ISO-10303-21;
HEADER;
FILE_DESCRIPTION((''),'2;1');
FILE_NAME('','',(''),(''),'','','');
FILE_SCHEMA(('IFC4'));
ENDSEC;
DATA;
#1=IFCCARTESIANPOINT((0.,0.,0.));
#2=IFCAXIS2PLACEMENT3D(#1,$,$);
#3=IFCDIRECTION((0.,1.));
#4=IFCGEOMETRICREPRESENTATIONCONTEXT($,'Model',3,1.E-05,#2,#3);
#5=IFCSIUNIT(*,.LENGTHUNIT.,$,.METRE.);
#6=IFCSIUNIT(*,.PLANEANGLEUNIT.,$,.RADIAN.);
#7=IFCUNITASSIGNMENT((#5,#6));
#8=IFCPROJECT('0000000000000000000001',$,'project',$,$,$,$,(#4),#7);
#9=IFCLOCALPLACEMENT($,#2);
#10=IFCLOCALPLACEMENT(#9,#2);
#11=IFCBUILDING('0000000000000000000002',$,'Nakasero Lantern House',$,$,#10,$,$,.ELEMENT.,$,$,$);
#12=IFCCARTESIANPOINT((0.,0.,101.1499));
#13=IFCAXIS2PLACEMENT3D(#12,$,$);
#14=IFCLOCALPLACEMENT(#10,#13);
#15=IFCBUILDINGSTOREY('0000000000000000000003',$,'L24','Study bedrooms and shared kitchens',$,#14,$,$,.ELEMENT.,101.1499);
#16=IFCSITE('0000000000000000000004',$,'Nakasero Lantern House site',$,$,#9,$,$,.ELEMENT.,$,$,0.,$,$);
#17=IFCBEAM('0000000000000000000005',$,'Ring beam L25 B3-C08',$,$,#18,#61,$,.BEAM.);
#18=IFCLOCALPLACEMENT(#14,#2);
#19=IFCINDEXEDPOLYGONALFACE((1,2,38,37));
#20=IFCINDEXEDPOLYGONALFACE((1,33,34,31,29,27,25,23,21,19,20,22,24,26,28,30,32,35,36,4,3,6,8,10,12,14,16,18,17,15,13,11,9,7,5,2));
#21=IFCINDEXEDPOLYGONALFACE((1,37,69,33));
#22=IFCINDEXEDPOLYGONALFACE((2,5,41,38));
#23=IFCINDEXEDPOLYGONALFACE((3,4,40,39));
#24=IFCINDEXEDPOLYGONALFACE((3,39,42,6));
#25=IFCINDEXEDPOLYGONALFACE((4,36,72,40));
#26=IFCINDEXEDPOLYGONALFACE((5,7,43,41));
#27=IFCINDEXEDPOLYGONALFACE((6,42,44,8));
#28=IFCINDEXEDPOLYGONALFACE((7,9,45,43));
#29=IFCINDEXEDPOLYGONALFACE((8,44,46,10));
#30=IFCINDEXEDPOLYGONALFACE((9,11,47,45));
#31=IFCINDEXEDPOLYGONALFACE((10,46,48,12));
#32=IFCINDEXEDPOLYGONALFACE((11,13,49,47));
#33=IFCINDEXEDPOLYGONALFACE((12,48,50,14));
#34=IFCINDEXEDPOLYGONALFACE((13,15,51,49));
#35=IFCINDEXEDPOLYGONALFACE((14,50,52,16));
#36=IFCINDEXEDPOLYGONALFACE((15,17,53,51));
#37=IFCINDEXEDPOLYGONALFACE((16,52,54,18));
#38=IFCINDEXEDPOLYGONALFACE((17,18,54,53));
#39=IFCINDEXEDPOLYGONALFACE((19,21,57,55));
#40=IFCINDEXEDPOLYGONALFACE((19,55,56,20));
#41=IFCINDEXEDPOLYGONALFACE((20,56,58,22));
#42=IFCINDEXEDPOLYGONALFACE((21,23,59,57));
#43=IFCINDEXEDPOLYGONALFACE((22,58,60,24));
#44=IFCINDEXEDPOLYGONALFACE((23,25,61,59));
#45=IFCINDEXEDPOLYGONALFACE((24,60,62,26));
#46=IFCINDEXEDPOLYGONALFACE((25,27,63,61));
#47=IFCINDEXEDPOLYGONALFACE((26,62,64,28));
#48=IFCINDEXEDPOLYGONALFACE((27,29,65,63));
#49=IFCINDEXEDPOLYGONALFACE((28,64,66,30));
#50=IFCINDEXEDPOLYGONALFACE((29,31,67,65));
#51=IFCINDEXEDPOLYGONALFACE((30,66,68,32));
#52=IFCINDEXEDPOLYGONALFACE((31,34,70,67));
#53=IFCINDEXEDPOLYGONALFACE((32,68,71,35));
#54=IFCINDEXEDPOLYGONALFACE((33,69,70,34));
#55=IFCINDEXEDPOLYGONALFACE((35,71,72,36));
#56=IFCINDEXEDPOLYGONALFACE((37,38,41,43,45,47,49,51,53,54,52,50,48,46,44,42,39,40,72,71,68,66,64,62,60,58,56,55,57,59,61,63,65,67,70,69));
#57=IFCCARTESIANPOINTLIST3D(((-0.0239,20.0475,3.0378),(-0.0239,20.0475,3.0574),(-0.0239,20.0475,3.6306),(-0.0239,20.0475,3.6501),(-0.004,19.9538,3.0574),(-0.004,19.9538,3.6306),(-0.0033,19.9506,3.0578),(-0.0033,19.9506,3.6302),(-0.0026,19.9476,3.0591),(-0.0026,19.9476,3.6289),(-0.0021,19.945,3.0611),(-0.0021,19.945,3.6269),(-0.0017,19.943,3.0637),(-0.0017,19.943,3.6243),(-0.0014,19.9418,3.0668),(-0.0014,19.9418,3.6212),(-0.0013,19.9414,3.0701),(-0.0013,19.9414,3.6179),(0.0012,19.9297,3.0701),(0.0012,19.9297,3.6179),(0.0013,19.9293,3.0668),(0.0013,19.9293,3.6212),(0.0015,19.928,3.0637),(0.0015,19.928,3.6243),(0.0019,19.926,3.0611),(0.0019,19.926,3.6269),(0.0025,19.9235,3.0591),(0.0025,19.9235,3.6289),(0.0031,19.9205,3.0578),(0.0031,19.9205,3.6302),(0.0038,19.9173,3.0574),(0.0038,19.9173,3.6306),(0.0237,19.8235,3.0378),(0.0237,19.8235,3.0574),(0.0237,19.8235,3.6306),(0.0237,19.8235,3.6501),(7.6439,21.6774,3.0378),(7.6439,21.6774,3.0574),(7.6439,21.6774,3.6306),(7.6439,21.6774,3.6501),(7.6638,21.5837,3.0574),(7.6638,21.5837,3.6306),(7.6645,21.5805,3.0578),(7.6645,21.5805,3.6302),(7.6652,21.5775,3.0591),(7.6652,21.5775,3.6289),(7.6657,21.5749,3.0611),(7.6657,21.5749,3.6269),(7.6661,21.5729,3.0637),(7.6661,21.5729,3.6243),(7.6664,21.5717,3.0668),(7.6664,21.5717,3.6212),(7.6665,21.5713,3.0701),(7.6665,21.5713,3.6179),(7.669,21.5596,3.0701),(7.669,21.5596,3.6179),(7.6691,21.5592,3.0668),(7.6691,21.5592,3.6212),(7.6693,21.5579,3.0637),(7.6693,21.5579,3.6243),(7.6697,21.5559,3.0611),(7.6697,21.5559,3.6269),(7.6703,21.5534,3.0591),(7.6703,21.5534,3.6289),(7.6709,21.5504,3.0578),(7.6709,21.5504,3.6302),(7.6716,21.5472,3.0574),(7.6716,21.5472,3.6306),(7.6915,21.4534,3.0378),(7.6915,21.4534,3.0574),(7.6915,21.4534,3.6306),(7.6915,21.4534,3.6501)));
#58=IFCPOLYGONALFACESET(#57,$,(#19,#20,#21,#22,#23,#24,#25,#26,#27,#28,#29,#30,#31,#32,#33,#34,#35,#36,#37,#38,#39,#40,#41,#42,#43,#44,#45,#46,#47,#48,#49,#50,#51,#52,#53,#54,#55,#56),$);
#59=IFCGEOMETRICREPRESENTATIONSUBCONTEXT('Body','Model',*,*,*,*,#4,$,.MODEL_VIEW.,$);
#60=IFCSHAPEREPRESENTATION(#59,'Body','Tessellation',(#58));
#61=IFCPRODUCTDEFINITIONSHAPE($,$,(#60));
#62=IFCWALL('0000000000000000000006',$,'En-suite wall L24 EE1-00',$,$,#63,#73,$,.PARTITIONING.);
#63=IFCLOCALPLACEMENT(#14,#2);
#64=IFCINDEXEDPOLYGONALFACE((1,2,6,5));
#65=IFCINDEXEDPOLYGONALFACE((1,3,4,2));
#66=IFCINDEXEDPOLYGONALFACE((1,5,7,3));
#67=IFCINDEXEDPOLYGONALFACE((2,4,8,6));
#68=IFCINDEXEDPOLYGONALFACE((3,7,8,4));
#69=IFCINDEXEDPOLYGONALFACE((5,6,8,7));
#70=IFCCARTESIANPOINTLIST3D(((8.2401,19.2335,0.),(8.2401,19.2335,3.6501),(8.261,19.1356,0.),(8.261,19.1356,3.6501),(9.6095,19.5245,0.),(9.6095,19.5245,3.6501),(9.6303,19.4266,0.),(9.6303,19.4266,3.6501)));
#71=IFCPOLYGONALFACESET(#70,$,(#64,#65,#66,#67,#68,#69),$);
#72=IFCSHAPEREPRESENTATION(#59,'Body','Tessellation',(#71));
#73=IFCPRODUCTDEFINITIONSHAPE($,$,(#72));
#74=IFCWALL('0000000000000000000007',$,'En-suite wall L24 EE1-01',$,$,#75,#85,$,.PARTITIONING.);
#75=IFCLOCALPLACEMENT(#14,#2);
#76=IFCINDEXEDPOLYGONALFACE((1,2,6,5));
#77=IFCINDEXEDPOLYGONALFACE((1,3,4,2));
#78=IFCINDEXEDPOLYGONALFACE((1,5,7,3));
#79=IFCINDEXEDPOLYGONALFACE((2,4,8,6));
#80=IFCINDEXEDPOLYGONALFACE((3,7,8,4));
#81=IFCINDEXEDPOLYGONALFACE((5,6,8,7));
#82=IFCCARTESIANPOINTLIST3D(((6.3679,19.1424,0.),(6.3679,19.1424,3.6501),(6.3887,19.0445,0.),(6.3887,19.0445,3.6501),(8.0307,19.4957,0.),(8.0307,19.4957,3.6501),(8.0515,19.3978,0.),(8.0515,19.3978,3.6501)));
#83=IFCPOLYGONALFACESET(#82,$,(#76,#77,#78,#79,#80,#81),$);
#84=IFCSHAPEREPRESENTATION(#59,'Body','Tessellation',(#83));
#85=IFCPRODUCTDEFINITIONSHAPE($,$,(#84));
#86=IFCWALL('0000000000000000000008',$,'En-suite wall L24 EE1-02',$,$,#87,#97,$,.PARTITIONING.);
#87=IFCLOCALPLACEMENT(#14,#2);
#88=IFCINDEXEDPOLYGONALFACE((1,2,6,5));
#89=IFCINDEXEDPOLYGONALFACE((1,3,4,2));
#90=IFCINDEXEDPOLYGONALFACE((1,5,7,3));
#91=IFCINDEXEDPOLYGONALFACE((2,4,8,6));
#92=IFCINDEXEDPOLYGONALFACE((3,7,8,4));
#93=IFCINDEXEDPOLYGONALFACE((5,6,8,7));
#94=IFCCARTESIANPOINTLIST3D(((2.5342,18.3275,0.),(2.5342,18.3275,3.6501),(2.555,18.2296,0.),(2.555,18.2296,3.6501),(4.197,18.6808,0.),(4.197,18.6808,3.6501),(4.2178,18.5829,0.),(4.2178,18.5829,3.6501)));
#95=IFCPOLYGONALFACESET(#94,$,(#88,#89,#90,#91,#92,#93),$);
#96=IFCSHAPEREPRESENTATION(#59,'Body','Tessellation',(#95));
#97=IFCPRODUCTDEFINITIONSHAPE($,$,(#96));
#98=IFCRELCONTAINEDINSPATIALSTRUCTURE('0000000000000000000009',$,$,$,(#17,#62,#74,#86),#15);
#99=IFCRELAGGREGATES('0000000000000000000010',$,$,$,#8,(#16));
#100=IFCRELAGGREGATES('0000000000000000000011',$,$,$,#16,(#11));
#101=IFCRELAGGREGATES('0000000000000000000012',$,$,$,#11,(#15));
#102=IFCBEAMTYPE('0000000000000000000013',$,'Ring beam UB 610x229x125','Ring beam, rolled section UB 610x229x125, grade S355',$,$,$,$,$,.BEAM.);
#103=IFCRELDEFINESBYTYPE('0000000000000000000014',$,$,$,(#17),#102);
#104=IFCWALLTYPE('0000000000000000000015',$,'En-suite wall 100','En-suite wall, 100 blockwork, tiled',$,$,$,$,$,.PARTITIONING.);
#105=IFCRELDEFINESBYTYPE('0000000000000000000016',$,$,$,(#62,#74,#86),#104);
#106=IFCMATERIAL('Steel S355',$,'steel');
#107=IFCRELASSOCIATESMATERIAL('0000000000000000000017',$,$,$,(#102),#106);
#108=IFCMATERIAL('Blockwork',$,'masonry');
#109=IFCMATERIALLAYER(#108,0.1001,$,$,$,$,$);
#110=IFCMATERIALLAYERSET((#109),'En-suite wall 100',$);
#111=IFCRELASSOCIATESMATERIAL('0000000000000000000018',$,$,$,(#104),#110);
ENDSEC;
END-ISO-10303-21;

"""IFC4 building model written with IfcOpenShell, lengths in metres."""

from ifc_helpers import new_model, si_unit, direction, frame, frame_2d, origin, origin_2d, place, context, subcontext, project, spatial, rectangle, i_section, extrude, material, layer, layer_set, material_profile, profile_set, type_object, element, save


model = new_model("IFC4")

# Units and contexts
model_context = context("Model", 3, precision=1e-05, world=origin(), true_north=direction((0.0, 1.0)))
body_context = subcontext(model_context, "Body", "Model", "MODEL_VIEW")
ifc_project = project(units=[si_unit("LENGTHUNIT", "METRE"), si_unit("PLANEANGLEUNIT", "RADIAN")], contexts=[model_context])

# Site, building, storey
site_placement = place(None, origin())
site = spatial("IfcSite", under=ifc_project, at=site_placement, Name="Nakasero Lantern House site", CompositionType="ELEMENT", RefElevation=0.0)
building_placement = place(site_placement, origin())
building = spatial("IfcBuilding", under=site, at=building_placement, Name="Nakasero Lantern House", CompositionType="ELEMENT")
storey_placement = place(building_placement, frame((0.0, 0.0, 101.1499)))
storey = spatial("IfcBuildingStorey", under=building, at=storey_placement, Name="L24", Description="Study bedrooms and shared kitchens", CompositionType="ELEMENT", Elevation=101.1499)

# Beam
ifc_material_1 = material(Name="Steel S355", Category="steel")
ifc_material_profile_1 = material_profile(ifc_material_1, i_section(OverallWidth=0.229, OverallDepth=0.6123, WebThickness=0.012, FlangeThickness=0.0195, FilletRadius=0.0127, at=origin_2d()), Name="UB 610x229x125")
ifc_profile_set_1 = profile_set([ifc_material_profile_1], Name="Steel S355")
beam_type_1 = type_object("IfcBeamType", Name="Ring beam UB 610x229x125", Description="Ring beam, rolled section UB 610x229x125, grade S355", PredefinedType="BEAM", material=ifc_profile_set_1)
beam_1_placement = place(storey_placement, frame((7.6677, 21.5654, 3.344), z_axis=(-0.978146, -0.207919, 0.0), x_axis=(0.207919, -0.978146, 0.0)))
element("IfcBeam", 1, at=beam_1_placement, inside=storey, type_object=beam_type_1, Name="Ring beam L25 B3-C08", PredefinedType="BEAM", context=body_context, shape_type="SweptSolid", body=[
    extrude(i_section(OverallWidth=0.229, OverallDepth=0.6123, WebThickness=0.012, FlangeThickness=0.0195, FilletRadius=0.0127, at=origin_2d()), origin(), (0.0, 0.0, 1.0), 7.8391),
])

# Walls
ifc_material_2 = material(Name="Blockwork", Category="masonry")
ifc_layer_1 = layer(ifc_material_2, 0.1001)
ifc_layer_set_1 = layer_set([ifc_layer_1], Name="En-suite wall 100")
wall_type_1 = type_object("IfcWallType", Name="En-suite wall 100", Description="En-suite wall, 100 blockwork, tiled", PredefinedType="PARTITIONING", material=ifc_layer_set_1)
wall_1_placement = place(storey_placement, frame((9.6199, 19.4756, 0.0), z_axis=(0.0, 0.0, 1.0), x_axis=(-0.978156, -0.207873, 0.0)))
element("IfcWall", 2, at=wall_1_placement, inside=storey, type_object=wall_type_1, Name="En-suite wall L24 EE1-00", PredefinedType="PARTITIONING", context=body_context, shape_type="SweptSolid", body=[
    extrude(rectangle(XDim=1.3999, YDim=0.1001, at=frame_2d((0.7, 0.0))), origin(), (0.0, 0.0, 1.0), 3.6501),
])
for number, where, z_axis, x_axis, name in (
    (3, (8.0413, 19.4468, 0.0), (0.0, 0.0, 1.0), (-0.978169, -0.207812, 0.0), "En-suite wall L24 EE1-01"),
    (4, (4.2075, 18.6318, 0.0), (0.0, 0.0, 1.0), (-0.978169, -0.207812, 0.0), "En-suite wall L24 EE1-02"),
):
    element("IfcWall", number, at=place(storey_placement, frame(where, z_axis=z_axis, x_axis=x_axis)), inside=storey, type_object=wall_type_1, Name=name, PredefinedType="PARTITIONING", context=body_context, shape_type="SweptSolid", body=[
        extrude(rectangle(XDim=1.7, YDim=0.1001, at=frame_2d((0.8501, 0.0))), origin(), (0.0, 0.0, 1.0), 3.6501),
    ])

save(model, "model.ifc")
